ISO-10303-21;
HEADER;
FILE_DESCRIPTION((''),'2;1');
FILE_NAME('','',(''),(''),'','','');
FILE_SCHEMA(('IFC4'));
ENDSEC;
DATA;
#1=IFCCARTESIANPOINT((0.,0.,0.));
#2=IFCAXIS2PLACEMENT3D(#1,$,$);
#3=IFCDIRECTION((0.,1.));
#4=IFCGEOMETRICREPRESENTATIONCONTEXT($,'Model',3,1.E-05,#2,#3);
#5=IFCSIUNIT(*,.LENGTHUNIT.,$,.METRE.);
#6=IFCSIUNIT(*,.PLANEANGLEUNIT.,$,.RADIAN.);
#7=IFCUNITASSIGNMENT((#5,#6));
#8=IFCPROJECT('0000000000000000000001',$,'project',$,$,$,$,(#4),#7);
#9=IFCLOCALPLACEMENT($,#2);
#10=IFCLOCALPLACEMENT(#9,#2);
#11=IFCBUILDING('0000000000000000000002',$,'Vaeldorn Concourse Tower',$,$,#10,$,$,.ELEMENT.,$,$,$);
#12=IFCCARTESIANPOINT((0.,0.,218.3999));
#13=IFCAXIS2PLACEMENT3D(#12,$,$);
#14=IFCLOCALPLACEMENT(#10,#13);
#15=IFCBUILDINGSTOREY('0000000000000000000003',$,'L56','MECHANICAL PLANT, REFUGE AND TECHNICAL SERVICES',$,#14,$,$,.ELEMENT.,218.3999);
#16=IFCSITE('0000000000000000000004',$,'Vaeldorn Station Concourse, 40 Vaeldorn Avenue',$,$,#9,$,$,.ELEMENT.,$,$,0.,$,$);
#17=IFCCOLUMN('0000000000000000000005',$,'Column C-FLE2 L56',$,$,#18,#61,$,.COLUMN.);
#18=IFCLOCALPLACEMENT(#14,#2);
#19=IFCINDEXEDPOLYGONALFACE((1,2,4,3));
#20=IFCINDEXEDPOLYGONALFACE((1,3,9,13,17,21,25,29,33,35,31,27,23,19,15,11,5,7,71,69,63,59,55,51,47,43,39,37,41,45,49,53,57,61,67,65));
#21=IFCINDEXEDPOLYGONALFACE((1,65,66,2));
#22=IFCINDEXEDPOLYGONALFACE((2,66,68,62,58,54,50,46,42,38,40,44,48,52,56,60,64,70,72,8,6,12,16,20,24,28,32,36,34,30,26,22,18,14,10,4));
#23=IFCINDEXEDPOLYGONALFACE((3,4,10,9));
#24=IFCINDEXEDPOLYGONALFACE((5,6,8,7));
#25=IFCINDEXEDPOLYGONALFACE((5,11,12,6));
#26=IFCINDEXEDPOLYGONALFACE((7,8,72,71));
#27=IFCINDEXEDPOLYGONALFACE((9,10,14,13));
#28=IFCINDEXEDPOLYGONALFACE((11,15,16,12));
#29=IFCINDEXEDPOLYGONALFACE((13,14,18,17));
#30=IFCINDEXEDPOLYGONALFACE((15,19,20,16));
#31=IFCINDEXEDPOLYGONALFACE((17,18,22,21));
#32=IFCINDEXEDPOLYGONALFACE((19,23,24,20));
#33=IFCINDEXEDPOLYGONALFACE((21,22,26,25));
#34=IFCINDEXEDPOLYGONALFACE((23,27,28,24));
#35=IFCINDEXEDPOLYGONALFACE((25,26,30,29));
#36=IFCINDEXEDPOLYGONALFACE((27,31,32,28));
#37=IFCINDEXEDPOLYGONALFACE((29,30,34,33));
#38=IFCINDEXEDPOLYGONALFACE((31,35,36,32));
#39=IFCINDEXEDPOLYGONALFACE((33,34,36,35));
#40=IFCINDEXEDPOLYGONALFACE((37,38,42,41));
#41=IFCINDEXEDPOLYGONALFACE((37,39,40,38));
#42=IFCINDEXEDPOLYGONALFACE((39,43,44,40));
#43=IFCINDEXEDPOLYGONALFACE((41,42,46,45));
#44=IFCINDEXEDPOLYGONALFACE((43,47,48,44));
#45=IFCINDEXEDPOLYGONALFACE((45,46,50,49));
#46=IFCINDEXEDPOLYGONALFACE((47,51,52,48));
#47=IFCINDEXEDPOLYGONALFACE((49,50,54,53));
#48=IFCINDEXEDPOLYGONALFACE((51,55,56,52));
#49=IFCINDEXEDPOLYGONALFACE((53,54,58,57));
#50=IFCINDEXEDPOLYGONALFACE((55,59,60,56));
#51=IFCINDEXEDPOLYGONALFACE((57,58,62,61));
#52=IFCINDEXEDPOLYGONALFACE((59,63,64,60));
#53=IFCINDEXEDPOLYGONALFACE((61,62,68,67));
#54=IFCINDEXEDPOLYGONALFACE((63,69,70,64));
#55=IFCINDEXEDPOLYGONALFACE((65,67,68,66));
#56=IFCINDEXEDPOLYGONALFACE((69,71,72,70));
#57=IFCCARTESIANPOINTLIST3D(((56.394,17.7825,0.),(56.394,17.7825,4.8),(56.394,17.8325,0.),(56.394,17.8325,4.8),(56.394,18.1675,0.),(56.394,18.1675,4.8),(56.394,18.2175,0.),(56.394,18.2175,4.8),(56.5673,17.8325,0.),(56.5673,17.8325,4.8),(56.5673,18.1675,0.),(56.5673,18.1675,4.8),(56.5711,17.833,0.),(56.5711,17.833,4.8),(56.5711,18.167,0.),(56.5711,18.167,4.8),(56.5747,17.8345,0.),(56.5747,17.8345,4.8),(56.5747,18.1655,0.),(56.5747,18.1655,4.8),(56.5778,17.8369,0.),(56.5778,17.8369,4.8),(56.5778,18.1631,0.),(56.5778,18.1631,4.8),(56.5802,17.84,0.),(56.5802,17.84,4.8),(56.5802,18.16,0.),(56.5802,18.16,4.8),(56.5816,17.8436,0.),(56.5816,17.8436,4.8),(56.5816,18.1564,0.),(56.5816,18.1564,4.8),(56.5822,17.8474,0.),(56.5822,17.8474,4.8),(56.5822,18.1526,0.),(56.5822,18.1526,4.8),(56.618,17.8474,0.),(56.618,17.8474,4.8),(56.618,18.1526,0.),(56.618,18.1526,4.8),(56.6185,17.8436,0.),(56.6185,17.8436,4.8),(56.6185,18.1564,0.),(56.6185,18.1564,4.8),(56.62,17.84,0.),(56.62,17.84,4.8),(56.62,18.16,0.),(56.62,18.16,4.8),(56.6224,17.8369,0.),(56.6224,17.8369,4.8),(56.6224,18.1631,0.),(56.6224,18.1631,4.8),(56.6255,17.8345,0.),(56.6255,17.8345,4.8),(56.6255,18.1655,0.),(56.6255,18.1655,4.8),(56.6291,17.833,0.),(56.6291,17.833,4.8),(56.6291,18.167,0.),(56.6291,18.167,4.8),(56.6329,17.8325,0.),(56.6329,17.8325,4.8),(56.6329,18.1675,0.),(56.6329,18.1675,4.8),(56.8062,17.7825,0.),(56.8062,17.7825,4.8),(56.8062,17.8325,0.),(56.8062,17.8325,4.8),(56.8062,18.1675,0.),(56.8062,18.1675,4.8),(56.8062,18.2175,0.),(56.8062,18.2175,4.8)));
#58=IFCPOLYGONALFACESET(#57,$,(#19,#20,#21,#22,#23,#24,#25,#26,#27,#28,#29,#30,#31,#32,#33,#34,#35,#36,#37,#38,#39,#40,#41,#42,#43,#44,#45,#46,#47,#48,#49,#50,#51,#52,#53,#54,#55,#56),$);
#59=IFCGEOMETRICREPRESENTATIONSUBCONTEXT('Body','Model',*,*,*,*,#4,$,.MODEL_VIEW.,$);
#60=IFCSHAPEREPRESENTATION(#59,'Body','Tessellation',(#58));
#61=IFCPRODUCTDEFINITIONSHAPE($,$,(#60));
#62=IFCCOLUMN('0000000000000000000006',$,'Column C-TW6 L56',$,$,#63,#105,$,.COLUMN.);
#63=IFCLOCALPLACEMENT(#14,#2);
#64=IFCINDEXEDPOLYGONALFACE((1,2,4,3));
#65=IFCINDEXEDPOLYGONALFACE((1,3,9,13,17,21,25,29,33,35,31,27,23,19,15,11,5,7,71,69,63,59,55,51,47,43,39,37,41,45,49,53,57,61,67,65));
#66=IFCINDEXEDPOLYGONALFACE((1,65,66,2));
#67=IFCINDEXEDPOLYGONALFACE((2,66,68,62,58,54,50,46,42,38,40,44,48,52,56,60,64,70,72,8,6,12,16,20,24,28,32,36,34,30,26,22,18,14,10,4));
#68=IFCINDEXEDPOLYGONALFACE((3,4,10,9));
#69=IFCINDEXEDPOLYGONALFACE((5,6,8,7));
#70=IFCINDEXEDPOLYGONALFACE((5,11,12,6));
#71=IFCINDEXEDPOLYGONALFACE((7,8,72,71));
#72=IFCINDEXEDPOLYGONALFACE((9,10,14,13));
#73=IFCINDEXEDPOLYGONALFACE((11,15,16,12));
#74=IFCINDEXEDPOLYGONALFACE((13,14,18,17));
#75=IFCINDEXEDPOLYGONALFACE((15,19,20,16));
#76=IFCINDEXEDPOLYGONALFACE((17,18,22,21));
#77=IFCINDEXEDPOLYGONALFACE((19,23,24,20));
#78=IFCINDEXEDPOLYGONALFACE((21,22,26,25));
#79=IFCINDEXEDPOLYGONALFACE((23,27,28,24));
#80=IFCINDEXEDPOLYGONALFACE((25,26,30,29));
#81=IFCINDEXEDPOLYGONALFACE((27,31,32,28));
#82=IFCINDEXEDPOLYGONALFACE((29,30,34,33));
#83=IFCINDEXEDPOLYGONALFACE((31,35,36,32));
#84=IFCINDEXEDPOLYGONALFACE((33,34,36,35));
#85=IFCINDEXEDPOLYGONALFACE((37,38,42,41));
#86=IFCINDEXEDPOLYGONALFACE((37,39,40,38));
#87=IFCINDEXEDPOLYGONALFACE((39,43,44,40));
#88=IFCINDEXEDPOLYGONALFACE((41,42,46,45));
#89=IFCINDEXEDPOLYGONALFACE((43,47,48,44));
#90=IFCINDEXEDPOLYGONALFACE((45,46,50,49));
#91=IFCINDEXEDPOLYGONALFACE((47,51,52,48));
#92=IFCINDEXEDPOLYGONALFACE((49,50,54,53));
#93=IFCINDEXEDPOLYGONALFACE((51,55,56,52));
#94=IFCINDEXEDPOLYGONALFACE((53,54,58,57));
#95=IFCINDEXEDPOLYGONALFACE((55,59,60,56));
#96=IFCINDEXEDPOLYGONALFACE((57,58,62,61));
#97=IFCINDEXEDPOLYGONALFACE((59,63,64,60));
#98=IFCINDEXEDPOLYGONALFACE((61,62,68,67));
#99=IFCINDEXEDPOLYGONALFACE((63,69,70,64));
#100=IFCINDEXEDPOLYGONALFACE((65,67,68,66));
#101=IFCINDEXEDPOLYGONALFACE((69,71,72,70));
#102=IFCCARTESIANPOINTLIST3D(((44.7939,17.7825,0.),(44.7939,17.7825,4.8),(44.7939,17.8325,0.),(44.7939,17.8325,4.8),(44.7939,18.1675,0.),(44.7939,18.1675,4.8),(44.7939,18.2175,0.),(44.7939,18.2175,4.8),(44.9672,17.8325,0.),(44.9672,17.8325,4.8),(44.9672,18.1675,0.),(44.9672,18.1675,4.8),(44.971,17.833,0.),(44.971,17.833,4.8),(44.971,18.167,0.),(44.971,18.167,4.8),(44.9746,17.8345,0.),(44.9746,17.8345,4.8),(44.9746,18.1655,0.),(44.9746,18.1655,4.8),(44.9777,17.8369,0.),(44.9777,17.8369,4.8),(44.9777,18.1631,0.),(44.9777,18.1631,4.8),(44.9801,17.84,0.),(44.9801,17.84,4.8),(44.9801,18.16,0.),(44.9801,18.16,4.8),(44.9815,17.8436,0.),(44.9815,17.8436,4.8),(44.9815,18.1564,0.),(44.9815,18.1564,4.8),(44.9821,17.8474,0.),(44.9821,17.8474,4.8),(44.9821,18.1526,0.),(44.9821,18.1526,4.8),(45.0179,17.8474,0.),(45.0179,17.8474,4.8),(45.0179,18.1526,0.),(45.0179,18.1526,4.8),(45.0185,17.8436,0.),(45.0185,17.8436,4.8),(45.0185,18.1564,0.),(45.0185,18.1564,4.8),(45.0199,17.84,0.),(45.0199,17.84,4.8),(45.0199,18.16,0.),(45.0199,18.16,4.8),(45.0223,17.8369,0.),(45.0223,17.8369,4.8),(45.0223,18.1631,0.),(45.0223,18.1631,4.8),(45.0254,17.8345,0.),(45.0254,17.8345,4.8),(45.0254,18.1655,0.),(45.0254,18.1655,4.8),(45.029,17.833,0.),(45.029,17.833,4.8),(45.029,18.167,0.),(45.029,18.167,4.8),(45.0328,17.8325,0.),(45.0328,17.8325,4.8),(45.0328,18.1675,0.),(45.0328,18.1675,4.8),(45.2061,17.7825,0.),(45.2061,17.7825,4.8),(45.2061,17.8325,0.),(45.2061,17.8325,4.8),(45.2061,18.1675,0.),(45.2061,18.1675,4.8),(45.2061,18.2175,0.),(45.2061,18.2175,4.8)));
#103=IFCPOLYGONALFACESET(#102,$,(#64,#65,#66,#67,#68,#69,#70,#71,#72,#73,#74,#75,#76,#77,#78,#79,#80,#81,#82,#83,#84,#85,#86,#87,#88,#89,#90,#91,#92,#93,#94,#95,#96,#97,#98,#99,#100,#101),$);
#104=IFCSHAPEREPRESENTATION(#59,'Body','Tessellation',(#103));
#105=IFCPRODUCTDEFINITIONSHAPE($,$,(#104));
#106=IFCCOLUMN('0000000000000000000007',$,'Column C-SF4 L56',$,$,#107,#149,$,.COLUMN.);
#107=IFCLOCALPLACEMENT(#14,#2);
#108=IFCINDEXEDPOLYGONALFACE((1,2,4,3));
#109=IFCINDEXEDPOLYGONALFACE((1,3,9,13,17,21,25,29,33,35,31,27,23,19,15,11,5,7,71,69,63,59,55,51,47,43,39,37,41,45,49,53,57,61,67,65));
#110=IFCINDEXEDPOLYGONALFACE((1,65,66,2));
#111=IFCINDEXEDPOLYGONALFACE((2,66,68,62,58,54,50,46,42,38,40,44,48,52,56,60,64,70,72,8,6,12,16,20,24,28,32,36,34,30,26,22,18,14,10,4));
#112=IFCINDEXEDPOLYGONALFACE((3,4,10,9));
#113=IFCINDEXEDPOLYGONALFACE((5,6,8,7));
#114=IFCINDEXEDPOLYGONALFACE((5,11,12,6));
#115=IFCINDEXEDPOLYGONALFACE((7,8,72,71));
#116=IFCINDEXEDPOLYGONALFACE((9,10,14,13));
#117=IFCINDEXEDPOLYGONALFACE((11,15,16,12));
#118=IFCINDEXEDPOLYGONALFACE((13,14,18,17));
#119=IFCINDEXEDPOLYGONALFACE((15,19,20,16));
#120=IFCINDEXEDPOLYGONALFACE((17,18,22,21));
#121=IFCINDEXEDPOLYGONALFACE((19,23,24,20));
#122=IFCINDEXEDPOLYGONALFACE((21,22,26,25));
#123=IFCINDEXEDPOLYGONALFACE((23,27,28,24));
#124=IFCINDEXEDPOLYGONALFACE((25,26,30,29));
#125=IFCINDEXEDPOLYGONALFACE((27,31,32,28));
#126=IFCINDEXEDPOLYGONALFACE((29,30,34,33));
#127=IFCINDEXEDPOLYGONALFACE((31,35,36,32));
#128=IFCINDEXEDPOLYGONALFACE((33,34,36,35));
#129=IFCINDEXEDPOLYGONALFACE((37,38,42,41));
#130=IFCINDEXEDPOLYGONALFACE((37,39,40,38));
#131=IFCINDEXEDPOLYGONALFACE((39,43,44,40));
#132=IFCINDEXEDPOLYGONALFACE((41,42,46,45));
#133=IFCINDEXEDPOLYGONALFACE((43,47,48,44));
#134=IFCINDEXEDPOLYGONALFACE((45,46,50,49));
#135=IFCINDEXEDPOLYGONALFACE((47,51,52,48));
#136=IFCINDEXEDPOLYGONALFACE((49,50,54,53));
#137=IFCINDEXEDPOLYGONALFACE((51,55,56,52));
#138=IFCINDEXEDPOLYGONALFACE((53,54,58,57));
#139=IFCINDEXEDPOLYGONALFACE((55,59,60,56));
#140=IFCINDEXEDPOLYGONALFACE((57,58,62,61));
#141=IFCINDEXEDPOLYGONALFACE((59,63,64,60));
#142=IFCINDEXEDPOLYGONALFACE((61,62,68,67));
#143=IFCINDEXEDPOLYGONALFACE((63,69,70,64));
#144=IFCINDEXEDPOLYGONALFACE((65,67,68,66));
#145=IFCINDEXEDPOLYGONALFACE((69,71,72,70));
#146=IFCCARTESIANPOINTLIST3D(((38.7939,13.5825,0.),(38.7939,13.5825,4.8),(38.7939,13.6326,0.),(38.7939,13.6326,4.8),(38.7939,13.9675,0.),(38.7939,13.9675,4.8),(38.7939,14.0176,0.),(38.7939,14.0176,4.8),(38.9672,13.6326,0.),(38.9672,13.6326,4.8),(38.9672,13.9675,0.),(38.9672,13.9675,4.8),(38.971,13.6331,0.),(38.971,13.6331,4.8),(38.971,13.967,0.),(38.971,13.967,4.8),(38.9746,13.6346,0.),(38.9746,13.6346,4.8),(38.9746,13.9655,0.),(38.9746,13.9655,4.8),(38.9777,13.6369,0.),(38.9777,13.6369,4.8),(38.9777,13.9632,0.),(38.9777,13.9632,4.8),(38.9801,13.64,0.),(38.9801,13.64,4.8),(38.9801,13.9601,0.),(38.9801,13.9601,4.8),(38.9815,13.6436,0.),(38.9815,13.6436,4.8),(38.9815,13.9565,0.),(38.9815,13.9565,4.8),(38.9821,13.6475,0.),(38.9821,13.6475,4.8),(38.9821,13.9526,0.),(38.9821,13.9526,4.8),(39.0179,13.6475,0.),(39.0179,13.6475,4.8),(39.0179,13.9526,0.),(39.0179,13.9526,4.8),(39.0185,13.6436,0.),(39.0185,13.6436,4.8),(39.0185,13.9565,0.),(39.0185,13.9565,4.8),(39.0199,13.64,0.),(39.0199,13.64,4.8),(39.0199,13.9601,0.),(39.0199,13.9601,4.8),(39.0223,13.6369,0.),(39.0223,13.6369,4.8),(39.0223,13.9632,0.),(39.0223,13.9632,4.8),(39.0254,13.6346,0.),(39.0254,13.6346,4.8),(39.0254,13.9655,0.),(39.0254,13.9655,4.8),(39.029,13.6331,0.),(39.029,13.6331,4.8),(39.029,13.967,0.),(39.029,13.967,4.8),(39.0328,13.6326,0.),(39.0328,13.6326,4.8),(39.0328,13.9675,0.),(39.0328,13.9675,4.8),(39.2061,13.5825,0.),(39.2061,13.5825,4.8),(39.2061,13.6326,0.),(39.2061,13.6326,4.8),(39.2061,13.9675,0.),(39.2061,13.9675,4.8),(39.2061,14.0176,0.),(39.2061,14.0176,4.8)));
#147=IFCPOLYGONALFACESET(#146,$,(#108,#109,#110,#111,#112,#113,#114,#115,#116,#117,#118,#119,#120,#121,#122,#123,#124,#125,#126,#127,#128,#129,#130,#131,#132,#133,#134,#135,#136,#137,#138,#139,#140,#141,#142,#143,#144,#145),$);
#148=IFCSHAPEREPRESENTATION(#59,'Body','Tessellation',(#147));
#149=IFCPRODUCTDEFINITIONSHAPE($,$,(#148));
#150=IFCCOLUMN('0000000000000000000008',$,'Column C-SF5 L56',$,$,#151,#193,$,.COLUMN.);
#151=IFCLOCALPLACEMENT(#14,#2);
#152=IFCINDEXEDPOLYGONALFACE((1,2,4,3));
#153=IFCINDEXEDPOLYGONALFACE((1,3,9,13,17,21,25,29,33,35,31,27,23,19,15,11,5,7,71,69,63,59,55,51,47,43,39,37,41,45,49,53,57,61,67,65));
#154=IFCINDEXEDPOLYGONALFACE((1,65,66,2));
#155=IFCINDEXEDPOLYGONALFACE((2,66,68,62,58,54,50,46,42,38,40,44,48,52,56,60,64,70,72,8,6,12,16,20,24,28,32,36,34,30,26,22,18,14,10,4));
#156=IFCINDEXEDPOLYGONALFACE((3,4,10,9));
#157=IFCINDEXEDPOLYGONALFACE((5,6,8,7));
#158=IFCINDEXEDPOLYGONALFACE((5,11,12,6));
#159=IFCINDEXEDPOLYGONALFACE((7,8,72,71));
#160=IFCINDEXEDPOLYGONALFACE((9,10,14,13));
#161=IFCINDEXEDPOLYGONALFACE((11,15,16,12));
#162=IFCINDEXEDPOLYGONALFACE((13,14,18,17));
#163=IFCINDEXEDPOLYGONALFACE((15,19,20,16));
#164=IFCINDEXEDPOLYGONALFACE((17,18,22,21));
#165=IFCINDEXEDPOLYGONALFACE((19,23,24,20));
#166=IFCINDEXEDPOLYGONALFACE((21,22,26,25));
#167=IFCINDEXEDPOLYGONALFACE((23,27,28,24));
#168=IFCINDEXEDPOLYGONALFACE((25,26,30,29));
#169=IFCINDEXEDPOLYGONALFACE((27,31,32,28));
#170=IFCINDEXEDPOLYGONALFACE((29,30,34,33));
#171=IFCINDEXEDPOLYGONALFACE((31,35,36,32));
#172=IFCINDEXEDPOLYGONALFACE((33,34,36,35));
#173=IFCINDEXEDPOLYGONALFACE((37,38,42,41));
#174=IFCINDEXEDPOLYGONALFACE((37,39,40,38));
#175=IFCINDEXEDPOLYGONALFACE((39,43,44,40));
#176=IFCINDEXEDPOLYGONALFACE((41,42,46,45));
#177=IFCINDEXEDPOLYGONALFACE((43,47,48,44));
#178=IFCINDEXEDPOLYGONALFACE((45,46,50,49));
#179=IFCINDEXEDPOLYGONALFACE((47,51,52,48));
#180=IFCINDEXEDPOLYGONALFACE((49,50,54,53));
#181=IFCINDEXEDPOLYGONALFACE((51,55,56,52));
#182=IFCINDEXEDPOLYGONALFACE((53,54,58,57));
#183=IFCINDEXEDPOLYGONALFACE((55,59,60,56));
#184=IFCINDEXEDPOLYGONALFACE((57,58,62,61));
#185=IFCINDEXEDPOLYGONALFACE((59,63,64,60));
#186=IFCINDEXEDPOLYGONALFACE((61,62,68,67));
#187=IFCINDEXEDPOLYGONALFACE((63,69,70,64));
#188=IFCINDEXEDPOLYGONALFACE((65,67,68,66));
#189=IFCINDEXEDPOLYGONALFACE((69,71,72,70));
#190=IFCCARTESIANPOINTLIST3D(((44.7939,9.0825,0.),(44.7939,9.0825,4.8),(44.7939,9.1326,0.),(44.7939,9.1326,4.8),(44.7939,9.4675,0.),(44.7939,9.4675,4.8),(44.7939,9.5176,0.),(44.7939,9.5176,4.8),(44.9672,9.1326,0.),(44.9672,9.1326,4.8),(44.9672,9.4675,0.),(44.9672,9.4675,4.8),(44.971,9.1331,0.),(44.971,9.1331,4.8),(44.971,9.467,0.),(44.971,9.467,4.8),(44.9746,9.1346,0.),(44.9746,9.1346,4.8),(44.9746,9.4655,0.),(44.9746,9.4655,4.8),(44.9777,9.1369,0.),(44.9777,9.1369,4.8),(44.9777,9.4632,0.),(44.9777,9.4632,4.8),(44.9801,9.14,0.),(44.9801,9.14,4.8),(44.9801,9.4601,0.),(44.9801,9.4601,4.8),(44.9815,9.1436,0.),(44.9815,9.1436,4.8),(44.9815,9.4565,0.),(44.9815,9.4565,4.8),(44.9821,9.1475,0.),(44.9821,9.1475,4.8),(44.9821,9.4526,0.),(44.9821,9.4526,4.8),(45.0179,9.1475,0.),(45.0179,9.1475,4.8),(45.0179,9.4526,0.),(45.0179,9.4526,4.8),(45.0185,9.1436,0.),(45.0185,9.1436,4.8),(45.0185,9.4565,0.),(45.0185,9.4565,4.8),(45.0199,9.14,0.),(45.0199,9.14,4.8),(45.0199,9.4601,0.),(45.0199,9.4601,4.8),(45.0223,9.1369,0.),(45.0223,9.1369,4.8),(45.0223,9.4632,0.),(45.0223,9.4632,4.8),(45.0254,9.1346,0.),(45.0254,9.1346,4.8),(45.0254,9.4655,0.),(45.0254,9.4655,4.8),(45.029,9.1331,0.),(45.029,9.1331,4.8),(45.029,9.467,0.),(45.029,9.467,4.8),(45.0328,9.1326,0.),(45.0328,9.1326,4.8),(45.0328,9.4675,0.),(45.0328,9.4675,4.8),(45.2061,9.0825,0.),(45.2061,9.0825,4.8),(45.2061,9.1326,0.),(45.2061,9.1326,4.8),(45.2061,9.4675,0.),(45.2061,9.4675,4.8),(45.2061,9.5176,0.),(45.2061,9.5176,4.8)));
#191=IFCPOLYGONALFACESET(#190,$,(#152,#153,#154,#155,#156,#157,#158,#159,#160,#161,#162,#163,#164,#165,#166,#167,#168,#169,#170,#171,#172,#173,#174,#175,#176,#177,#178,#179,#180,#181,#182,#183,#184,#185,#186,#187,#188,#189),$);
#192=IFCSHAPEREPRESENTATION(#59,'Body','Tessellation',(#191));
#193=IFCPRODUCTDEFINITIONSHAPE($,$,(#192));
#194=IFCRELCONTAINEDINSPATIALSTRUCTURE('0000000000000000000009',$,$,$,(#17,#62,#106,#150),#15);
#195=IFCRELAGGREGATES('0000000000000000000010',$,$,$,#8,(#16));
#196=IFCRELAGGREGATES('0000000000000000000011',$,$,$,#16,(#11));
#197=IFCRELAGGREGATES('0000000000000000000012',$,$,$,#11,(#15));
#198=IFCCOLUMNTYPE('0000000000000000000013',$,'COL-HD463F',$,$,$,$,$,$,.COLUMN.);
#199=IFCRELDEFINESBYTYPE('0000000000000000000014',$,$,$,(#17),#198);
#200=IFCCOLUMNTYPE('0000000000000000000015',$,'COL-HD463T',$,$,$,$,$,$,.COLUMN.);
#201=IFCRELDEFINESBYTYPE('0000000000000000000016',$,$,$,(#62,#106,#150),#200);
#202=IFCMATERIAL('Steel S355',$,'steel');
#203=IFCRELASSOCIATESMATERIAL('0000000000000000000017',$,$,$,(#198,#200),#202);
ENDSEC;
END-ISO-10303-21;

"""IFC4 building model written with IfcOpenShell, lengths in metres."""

from ifc_helpers import new_model, si_unit, direction, frame, origin, origin_2d, place, context, subcontext, project, spatial, i_section, extrude, source, transform, mapped, material, material_profile, profile_set, type_object, element, save


model = new_model("IFC4")

# Units and contexts
model_context = context("Model", 3, precision=1e-05, world=origin(), true_north=direction((0.0, 1.0)))
body_context = subcontext(model_context, "Body", "Model", "MODEL_VIEW")
ifc_project = project(units=[si_unit("LENGTHUNIT", "METRE"), si_unit("PLANEANGLEUNIT", "RADIAN")], contexts=[model_context])

# Site, building, storey
site_placement = place(None, origin())
site = spatial("IfcSite", under=ifc_project, at=site_placement, Name="Vaeldorn Station Concourse, 40 Vaeldorn Avenue", CompositionType="ELEMENT", RefElevation=0.0)
building_placement = place(site_placement, origin())
building = spatial("IfcBuilding", under=site, at=building_placement, Name="Vaeldorn Concourse Tower", CompositionType="ELEMENT")
storey_placement = place(building_placement, frame((0.0, 0.0, 218.3999)))
storey = spatial("IfcBuildingStorey", under=building, at=storey_placement, Name="L56", Description="MECHANICAL PLANT, REFUGE AND TECHNICAL SERVICES", CompositionType="ELEMENT", Elevation=218.3999)

# Columns
ifc_material_1 = material(Name="Steel S355", Category="steel")
ifc_material_profile_1 = material_profile(ifc_material_1, i_section(OverallWidth=0.4121, OverallDepth=0.4351, WebThickness=0.0359, FlangeThickness=0.05, FilletRadius=0.0149, at=origin_2d()), Name="HD 400x463")
ifc_profile_set_1 = profile_set([ifc_material_profile_1], Name="Steel S355")
column_type_1 = type_object("IfcColumnType", Name="COL-HD463F", PredefinedType="COLUMN", material=ifc_profile_set_1)
shared_shape_1 = source(origin(), body_context, "Body", "SweptSolid", [
    extrude(i_section(OverallWidth=0.4121, OverallDepth=0.4351, WebThickness=0.0359, FlangeThickness=0.05, FilletRadius=0.0149, at=origin_2d()), origin(), (0.0, 0.0, 1.0), 4.8),
])
column_placement = place(storey_placement, frame((56.6001, 18.0, 0.0), z_axis=(0.0, 0.0, 1.0), x_axis=(1.0, 0.0, 0.0)))
element("IfcColumn", 1, at=column_placement, inside=storey, type_object=column_type_1, Name="Column C-FLE2 L56", PredefinedType="COLUMN", context=body_context, shape_type="MappedRepresentation", body=[
    mapped(shared_shape_1, transform((0.0, 0.0, 0.0), scale=1.0)),
])
ifc_material_profile_2 = material_profile(ifc_material_1, i_section(OverallWidth=0.4121, OverallDepth=0.4351, WebThickness=0.0359, FlangeThickness=0.05, FilletRadius=0.0149, at=origin_2d()), Name="HD 400x463")
ifc_profile_set_2 = profile_set([ifc_material_profile_2], Name="Steel S355")
column_type_2 = type_object("IfcColumnType", Name="COL-HD463T", PredefinedType="COLUMN", material=ifc_profile_set_2)
shared_shape_2 = source(origin(), body_context, "Body", "SweptSolid", [
    extrude(i_section(OverallWidth=0.4121, OverallDepth=0.4351, WebThickness=0.0359, FlangeThickness=0.05, FilletRadius=0.0149, at=origin_2d()), origin(), (0.0, 0.0, 1.0), 4.8),
])
for number, where, z_axis, x_axis, name in (
    (2, (45.0, 18.0, 0.0), (0.0, 0.0, 1.0), (1.0, 0.0, 0.0), "Column C-TW6 L56"),
    (3, (39.0, 13.8, 0.0), (0.0, 0.0, 1.0), (1.0, 0.0, 0.0), "Column C-SF4 L56"),
    (4, (45.0, 9.3, 0.0), (0.0, 0.0, 1.0), (1.0, 0.0, 0.0), "Column C-SF5 L56"),
):
    element("IfcColumn", number, at=place(storey_placement, frame(where, z_axis=z_axis, x_axis=x_axis)), inside=storey, type_object=column_type_2, Name=name, PredefinedType="COLUMN", context=body_context, shape_type="MappedRepresentation", body=[
        mapped(shared_shape_2, transform((0.0, 0.0, 0.0), scale=1.0)),
    ])

save(model, "model.ifc")
